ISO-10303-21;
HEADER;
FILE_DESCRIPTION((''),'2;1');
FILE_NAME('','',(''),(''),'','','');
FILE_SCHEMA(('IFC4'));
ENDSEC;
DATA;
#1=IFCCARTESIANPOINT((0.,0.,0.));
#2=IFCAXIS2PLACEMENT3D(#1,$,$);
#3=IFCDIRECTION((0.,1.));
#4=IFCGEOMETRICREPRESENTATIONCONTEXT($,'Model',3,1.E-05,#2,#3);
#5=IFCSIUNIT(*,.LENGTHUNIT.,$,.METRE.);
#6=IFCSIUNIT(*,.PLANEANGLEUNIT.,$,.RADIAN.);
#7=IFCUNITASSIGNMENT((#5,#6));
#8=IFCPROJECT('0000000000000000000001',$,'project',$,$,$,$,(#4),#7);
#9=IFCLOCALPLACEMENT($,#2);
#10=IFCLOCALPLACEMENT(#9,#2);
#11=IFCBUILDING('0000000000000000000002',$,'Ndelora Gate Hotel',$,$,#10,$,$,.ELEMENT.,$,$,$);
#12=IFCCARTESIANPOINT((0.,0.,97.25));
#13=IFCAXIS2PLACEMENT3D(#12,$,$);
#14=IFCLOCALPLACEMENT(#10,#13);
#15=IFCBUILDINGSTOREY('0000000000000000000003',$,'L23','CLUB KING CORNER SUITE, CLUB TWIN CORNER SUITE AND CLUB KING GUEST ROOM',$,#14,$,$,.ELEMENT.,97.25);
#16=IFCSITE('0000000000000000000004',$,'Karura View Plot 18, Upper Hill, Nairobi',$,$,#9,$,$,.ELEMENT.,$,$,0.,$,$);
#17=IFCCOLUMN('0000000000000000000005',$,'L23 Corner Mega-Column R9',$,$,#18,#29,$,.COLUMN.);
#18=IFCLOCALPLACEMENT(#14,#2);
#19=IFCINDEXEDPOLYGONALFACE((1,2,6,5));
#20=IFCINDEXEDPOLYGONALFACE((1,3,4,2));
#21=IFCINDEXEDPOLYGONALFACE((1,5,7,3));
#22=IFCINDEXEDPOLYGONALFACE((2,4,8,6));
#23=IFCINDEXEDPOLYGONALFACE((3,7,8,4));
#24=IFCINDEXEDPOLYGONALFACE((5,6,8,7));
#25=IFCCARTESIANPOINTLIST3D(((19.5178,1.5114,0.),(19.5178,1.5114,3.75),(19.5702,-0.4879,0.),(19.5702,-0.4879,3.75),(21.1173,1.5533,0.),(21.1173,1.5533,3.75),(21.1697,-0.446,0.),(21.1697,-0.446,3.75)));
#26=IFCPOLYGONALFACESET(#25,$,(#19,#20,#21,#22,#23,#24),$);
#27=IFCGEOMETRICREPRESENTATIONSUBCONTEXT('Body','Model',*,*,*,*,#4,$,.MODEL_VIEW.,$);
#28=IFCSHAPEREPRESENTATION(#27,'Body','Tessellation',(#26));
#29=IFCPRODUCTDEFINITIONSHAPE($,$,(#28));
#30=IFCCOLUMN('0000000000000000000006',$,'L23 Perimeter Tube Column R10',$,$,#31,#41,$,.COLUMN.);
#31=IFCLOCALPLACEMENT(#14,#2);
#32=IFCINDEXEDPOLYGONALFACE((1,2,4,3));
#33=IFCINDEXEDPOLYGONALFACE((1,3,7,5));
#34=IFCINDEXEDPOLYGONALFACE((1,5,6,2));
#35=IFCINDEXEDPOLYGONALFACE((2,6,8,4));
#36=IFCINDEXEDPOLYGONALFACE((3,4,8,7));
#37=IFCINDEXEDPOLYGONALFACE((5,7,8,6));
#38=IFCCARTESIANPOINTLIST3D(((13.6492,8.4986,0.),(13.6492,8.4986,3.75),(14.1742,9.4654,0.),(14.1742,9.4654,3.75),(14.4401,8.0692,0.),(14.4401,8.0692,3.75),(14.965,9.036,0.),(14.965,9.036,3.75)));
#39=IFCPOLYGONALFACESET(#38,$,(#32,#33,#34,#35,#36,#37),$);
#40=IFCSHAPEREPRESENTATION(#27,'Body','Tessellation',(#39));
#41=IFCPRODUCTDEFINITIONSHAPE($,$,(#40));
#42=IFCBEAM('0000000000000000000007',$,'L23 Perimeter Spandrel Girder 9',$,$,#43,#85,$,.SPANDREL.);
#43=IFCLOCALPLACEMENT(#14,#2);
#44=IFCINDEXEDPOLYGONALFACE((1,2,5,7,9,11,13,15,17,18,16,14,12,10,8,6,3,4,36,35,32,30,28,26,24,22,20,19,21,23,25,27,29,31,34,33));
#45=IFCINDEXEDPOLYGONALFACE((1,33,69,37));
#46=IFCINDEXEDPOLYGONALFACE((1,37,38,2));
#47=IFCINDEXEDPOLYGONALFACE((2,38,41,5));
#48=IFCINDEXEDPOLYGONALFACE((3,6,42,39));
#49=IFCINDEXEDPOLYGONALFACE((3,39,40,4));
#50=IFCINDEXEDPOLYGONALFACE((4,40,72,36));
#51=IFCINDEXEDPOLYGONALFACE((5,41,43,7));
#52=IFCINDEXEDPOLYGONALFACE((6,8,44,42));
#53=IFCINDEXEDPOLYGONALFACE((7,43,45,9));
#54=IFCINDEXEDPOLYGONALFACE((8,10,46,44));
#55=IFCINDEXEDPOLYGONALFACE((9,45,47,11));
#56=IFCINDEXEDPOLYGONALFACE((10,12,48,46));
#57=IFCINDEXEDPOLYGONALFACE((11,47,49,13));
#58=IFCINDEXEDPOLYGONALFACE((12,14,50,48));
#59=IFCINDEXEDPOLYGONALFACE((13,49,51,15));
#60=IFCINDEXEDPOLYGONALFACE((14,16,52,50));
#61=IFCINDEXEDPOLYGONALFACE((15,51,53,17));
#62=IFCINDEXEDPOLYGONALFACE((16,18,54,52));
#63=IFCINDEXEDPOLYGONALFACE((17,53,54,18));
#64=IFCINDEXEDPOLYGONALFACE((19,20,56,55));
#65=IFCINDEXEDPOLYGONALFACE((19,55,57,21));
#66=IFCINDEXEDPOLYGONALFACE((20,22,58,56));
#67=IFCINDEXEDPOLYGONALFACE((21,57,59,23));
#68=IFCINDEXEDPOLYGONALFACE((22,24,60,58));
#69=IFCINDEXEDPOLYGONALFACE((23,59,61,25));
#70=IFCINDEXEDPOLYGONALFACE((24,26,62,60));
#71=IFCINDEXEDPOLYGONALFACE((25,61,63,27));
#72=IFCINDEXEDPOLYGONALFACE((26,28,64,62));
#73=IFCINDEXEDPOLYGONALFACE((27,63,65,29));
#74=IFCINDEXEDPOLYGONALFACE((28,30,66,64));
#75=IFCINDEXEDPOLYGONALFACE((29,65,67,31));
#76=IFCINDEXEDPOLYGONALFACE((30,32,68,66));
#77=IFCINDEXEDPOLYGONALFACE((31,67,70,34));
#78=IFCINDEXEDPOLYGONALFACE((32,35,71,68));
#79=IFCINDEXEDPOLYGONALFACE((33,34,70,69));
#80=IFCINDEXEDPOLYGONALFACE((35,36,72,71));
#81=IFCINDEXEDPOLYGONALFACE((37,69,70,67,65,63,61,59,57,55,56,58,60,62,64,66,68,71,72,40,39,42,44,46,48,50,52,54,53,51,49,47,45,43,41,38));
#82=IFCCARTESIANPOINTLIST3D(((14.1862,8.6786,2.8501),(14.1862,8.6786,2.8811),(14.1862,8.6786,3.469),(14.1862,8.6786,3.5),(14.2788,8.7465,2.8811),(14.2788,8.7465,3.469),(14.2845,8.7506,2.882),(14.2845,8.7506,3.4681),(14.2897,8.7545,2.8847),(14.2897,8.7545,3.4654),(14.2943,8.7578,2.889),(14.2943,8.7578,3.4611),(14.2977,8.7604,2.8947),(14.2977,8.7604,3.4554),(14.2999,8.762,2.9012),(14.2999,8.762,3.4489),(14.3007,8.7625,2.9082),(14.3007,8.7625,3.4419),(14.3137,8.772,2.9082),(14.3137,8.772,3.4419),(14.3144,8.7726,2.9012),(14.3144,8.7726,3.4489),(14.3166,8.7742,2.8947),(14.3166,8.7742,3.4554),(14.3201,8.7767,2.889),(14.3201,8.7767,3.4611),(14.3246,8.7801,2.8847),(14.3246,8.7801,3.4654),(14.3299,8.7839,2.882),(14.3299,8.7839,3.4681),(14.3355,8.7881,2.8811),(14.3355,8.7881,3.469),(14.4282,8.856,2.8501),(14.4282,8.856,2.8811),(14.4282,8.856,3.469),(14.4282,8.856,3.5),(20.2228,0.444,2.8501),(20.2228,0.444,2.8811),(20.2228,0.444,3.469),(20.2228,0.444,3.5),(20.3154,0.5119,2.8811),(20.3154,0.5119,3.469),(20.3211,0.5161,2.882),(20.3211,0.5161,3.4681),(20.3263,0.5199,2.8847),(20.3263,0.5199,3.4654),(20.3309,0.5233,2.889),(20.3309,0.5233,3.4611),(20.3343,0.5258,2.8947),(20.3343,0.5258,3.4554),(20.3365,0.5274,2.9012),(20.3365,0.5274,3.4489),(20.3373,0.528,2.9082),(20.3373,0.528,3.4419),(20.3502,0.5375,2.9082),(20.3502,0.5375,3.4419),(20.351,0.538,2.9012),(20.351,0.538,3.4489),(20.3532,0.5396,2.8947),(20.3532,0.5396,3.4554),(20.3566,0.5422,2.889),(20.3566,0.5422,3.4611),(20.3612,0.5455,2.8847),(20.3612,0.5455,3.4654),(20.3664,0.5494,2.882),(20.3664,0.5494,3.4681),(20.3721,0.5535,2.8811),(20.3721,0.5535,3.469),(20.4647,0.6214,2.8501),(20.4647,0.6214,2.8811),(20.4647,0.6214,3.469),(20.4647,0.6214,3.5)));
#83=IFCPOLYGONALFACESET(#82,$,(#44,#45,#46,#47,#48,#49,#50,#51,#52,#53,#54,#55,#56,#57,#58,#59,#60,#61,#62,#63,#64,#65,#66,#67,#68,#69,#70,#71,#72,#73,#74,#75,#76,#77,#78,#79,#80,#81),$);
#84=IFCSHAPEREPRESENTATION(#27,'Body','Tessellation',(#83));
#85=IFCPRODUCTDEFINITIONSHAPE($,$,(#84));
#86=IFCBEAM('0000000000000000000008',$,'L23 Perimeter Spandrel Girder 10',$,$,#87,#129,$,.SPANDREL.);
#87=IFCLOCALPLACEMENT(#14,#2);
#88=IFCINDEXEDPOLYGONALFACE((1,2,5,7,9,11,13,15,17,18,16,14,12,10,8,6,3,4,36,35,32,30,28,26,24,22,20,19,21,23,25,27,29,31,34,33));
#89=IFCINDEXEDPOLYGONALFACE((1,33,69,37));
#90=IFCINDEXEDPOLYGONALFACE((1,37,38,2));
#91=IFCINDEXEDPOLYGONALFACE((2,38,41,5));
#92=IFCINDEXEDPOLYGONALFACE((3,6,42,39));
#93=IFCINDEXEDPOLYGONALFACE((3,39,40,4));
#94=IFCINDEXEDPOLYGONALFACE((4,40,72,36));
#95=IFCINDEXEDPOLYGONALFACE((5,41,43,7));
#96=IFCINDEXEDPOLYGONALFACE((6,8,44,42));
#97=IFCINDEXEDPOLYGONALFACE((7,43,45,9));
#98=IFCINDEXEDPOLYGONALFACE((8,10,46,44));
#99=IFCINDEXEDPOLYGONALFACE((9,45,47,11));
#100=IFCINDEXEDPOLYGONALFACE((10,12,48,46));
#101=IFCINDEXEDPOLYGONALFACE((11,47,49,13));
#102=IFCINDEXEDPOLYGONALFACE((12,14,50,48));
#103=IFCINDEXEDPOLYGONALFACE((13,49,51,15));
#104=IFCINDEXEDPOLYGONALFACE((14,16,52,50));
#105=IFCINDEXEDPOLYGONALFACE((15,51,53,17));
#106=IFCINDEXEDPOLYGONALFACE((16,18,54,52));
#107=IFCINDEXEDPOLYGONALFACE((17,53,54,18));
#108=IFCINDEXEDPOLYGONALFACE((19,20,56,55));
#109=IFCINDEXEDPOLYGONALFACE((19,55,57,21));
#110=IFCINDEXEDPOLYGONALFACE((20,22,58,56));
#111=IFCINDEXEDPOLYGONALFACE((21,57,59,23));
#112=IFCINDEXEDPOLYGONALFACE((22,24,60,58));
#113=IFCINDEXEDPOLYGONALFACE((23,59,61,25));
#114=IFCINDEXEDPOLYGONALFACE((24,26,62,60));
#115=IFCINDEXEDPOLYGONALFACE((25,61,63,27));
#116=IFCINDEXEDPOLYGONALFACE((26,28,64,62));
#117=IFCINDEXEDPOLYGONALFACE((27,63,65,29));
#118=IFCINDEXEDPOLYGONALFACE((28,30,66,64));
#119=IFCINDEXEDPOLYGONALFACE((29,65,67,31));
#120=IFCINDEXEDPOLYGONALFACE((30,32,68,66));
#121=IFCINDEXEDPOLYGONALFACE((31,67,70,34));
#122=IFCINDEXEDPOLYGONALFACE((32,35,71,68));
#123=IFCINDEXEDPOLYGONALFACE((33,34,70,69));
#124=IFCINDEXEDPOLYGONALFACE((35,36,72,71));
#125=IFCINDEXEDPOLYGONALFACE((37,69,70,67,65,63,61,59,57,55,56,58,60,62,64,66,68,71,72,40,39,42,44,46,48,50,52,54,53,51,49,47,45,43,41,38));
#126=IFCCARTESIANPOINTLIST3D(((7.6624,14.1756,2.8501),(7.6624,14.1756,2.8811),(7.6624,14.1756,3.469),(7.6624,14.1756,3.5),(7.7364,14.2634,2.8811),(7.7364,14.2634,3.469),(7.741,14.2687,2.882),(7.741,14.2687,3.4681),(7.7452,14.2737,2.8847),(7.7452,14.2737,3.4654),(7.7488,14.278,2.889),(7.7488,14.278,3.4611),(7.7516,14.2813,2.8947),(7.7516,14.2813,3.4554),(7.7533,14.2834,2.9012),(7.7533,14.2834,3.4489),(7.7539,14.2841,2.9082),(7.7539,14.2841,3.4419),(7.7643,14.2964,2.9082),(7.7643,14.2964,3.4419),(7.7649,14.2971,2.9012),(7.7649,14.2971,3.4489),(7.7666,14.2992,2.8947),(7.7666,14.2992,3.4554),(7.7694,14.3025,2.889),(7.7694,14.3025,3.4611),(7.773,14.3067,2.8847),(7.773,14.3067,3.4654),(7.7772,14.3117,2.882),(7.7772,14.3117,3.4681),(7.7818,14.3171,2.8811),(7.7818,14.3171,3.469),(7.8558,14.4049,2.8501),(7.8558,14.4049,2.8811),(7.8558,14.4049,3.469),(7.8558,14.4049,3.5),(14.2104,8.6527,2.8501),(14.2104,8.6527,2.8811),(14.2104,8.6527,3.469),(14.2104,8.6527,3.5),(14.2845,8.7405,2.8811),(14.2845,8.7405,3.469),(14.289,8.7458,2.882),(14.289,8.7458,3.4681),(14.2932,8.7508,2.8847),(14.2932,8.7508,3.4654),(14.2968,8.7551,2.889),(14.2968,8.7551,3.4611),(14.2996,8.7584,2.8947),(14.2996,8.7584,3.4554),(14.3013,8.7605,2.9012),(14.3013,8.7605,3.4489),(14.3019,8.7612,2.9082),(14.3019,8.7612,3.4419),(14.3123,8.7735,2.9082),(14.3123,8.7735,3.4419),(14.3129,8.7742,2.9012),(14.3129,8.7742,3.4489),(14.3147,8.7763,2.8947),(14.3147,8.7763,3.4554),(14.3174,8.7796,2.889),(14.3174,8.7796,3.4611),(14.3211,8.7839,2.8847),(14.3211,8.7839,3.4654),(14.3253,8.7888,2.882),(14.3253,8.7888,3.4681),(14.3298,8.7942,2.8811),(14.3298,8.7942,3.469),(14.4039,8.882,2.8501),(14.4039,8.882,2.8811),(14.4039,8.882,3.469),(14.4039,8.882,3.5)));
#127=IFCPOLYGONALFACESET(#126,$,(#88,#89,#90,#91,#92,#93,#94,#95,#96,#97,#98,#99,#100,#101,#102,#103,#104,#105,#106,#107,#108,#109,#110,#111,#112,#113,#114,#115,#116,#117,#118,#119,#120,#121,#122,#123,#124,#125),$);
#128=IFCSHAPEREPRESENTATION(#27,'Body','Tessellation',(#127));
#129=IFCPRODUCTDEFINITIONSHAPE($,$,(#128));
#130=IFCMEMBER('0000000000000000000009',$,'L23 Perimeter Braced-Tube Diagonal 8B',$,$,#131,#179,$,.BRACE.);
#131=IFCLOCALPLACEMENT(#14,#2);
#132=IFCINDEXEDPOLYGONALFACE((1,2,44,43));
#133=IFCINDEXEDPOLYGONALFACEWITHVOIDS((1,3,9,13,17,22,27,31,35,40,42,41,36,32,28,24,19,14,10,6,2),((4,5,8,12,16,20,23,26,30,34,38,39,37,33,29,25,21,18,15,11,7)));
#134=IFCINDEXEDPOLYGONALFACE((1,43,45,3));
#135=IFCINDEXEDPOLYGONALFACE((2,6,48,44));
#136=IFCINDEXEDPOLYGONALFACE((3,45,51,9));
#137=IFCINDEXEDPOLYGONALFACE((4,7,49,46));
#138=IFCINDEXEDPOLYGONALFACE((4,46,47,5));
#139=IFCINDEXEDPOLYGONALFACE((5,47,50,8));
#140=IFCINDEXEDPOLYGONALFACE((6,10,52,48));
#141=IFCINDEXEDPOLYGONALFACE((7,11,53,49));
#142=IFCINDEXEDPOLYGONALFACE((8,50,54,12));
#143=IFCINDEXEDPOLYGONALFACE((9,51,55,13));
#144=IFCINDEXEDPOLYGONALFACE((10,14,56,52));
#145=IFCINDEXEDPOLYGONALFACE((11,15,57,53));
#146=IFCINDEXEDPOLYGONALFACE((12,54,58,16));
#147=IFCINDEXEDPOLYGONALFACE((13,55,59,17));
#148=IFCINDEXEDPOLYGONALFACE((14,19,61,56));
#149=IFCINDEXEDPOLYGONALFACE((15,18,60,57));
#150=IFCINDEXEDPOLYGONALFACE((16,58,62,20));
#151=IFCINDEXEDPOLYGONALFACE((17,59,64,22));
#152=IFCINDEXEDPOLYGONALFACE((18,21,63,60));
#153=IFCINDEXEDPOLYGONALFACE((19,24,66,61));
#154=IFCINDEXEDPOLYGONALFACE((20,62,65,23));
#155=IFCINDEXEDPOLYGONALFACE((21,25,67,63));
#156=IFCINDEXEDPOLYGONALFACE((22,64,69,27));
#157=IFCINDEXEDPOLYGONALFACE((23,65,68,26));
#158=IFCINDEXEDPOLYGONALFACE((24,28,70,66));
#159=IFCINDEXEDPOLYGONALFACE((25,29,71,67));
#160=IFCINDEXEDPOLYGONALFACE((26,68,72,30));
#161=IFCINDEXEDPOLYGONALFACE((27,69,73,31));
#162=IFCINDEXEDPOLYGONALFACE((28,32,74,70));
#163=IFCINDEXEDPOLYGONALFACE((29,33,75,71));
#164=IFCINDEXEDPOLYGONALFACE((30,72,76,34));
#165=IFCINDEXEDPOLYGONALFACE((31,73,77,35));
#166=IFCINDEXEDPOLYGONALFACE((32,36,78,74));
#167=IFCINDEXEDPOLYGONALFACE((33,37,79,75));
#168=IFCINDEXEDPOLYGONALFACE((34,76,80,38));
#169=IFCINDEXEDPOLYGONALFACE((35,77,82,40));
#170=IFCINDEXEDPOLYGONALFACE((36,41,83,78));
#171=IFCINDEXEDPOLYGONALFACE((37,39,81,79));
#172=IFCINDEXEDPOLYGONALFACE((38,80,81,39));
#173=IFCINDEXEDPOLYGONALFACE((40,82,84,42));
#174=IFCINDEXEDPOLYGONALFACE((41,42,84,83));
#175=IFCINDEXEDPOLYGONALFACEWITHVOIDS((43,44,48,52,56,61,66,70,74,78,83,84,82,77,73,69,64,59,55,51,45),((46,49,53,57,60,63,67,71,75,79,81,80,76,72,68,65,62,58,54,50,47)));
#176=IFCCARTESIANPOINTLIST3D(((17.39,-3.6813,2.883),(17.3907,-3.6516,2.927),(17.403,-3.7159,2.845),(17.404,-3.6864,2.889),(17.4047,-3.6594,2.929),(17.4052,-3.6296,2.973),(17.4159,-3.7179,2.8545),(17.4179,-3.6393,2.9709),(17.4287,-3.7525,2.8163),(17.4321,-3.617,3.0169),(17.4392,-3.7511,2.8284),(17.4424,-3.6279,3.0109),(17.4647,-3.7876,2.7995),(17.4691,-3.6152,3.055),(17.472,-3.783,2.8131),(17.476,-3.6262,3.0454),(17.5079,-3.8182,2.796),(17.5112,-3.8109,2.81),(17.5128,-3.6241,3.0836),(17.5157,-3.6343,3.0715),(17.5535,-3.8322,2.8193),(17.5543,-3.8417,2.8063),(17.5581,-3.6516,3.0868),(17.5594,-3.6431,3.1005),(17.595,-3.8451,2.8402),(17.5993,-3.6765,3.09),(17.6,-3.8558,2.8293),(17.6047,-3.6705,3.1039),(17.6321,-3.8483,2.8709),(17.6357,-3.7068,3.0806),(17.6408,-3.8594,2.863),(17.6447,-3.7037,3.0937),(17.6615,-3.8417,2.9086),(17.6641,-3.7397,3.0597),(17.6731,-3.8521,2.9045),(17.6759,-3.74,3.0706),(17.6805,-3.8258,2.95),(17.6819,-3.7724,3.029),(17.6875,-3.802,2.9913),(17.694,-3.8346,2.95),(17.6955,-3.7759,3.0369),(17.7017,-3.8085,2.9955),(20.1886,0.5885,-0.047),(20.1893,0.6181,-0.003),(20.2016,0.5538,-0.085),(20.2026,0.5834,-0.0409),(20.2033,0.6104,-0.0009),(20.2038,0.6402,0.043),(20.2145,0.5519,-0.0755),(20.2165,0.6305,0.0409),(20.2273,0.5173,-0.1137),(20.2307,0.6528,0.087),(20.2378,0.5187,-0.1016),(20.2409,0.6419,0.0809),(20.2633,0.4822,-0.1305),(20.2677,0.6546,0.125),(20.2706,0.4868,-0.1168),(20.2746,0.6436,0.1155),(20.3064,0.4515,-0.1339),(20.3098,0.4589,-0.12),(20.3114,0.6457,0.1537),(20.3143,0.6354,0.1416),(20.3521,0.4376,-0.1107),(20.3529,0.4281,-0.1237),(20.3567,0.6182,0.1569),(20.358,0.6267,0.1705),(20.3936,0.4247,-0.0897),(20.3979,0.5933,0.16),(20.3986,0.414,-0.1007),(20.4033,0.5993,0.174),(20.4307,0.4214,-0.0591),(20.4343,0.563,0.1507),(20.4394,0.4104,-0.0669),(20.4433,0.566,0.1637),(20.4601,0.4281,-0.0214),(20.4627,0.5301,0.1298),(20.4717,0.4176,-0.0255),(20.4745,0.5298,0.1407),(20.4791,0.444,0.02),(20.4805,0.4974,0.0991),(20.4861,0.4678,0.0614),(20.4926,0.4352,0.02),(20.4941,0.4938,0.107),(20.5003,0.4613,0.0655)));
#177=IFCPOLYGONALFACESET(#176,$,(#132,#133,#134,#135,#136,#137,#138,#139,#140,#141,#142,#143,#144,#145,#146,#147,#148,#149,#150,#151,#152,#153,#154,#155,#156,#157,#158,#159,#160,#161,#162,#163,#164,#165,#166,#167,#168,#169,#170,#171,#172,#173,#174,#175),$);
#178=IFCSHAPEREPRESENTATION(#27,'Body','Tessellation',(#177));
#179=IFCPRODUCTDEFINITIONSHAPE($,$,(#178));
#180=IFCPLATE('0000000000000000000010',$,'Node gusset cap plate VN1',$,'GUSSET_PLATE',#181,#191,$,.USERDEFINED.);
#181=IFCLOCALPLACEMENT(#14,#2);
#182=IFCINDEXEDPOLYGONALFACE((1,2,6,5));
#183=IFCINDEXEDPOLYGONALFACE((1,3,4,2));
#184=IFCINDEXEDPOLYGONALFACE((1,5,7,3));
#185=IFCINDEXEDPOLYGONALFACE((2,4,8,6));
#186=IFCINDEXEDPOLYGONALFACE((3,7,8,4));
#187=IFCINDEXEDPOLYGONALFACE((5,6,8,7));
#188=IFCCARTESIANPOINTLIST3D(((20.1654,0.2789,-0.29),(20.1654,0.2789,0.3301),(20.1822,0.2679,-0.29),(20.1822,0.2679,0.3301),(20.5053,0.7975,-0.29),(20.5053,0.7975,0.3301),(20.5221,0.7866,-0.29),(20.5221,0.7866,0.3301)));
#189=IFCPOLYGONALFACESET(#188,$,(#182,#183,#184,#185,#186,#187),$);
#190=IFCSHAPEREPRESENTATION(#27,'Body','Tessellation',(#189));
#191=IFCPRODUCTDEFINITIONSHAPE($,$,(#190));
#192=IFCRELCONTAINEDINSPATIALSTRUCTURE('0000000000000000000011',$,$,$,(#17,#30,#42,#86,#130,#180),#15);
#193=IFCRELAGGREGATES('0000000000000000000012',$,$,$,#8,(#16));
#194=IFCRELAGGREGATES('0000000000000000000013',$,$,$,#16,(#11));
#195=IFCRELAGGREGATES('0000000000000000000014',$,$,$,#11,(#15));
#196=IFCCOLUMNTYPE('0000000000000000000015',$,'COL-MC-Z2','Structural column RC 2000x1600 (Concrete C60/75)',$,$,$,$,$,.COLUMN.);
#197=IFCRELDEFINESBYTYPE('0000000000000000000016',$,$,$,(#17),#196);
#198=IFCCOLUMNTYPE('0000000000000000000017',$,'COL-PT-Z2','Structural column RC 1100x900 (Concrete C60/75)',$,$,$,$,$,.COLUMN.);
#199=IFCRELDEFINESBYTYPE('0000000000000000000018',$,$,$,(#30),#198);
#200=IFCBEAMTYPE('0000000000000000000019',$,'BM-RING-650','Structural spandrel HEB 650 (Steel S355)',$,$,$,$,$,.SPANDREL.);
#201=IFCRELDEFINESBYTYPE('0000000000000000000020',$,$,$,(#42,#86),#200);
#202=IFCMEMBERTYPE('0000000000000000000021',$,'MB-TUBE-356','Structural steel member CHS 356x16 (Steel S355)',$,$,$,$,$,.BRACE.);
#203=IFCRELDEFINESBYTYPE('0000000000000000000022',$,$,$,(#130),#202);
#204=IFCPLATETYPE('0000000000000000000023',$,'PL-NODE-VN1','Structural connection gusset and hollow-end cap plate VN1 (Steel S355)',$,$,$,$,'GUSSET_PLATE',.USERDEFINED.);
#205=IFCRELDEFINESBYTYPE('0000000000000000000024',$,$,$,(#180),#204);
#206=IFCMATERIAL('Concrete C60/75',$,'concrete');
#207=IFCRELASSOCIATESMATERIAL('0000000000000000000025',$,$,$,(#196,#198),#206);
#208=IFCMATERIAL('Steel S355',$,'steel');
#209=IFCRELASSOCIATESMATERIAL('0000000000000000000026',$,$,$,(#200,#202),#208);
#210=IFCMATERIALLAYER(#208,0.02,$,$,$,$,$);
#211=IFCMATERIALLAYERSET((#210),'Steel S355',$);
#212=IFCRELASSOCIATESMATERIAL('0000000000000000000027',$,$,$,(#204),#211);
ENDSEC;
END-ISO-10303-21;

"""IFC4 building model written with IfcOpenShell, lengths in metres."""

from ifc_helpers import new_model, si_unit, direction, frame, origin, origin_2d, place, context, subcontext, project, spatial, rectangle, hollow_circle, i_section, extrude, material, layer, layer_set, material_profile, profile_set, type_object, element, save


model = new_model("IFC4")

# Units and contexts
model_context = context("Model", 3, precision=1e-05, world=origin(), true_north=direction((0.0, 1.0)))
body_context = subcontext(model_context, "Body", "Model", "MODEL_VIEW")
ifc_project = project(units=[si_unit("LENGTHUNIT", "METRE"), si_unit("PLANEANGLEUNIT", "RADIAN")], contexts=[model_context])

# Site, building, storey
site_placement = place(None, origin())
site = spatial("IfcSite", under=ifc_project, at=site_placement, Name="Karura View Plot 18, Upper Hill, Nairobi", CompositionType="ELEMENT", RefElevation=0.0)
building_placement = place(site_placement, origin())
building = spatial("IfcBuilding", under=site, at=building_placement, Name="Ndelora Gate Hotel", CompositionType="ELEMENT")
storey_placement = place(building_placement, frame((0.0, 0.0, 97.25)))
storey = spatial("IfcBuildingStorey", under=building, at=storey_placement, Name="L23", Description="CLUB KING CORNER SUITE, CLUB TWIN CORNER SUITE AND CLUB KING GUEST ROOM", CompositionType="ELEMENT", Elevation=97.25)

# Columns
ifc_material_1 = material(Name="Concrete C60/75", Category="concrete")
ifc_material_profile_1 = material_profile(ifc_material_1, rectangle(XDim=1.6001, YDim=2.0, at=origin_2d()), Name="RC 2000x1600")
ifc_profile_set_1 = profile_set([ifc_material_profile_1], Name="Concrete C60/75")
column_type_1 = type_object("IfcColumnType", Name="COL-MC-Z2", Description="Structural column RC 2000x1600 (Concrete C60/75)", PredefinedType="COLUMN", material=ifc_profile_set_1)
column_1_placement = place(storey_placement, frame((20.3438, 0.5327, 0.0), z_axis=(0.0, 0.0, 1.0), x_axis=(0.999657, 0.026177, 0.0)))
element("IfcColumn", 1, at=column_1_placement, inside=storey, type_object=column_type_1, Name="L23 Corner Mega-Column R9", PredefinedType="COLUMN", context=body_context, shape_type="SweptSolid", body=[
    extrude(rectangle(XDim=1.6001, YDim=2.0, at=origin_2d()), origin(), (0.0, 0.0, 1.0), 3.75),
])
ifc_material_profile_2 = material_profile(ifc_material_1, rectangle(XDim=0.8999, YDim=1.1001, at=origin_2d()), Name="RC 1100x900")
ifc_profile_set_2 = profile_set([ifc_material_profile_2], Name="Concrete C60/75")
column_type_2 = type_object("IfcColumnType", Name="COL-PT-Z2", Description="Structural column RC 1100x900 (Concrete C60/75)", PredefinedType="COLUMN", material=ifc_profile_set_2)
column_2_placement = place(storey_placement, frame((14.3071, 8.7673, 0.0), z_axis=(0.0, 0.0, 1.0), x_axis=(-0.878817, 0.477159, 0.0)))
element("IfcColumn", 2, at=column_2_placement, inside=storey, type_object=column_type_2, Name="L23 Perimeter Tube Column R10", PredefinedType="COLUMN", context=body_context, shape_type="SweptSolid", body=[
    extrude(rectangle(XDim=0.8999, YDim=1.1001, at=origin_2d()), origin(), (0.0, 0.0, 1.0), 3.75),
])

# Beams
ifc_material_2 = material(Name="Steel S355", Category="steel")
ifc_material_profile_3 = material_profile(ifc_material_2, i_section(OverallWidth=0.3, OverallDepth=0.6499, WebThickness=0.0161, FlangeThickness=0.031, FilletRadius=0.0271, at=origin_2d()), Name="HEB 650")
ifc_profile_set_3 = profile_set([ifc_material_profile_3], Name="Steel S355")
beam_type = type_object("IfcBeamType", Name="BM-RING-650", Description="Structural spandrel HEB 650 (Steel S355)", PredefinedType="SPANDREL", material=ifc_profile_set_3)
beam_1_placement = place(storey_placement, frame((20.3438, 0.5327, 3.175), z_axis=(-0.59123, 0.806503, 0.0), x_axis=(-0.806503, -0.59123, 0.0)))
element("IfcBeam", 3, at=beam_1_placement, inside=storey, type_object=beam_type, Name="L23 Perimeter Spandrel Girder 9", PredefinedType="SPANDREL", context=body_context, shape_type="SweptSolid", body=[
    extrude(i_section(OverallWidth=0.3, OverallDepth=0.6499, WebThickness=0.0161, FlangeThickness=0.031, FilletRadius=0.0271, at=origin_2d()), origin(), (0.0, 0.0, 1.0), 10.2102),
])
beam_2_placement = place(storey_placement, frame((14.3071, 8.7673, 3.175), z_axis=(-0.764407, 0.644734, 0.0), x_axis=(-0.644734, -0.764407, 0.0)))
element("IfcBeam", 4, at=beam_2_placement, inside=storey, type_object=beam_type, Name="L23 Perimeter Spandrel Girder 10", PredefinedType="SPANDREL", context=body_context, shape_type="SweptSolid", body=[
    extrude(i_section(OverallWidth=0.3, OverallDepth=0.6499, WebThickness=0.0161, FlangeThickness=0.031, FilletRadius=0.0271, at=origin_2d()), origin(), (0.0, 0.0, 1.0), 8.5662),
])

# Member
ifc_material_profile_4 = material_profile(ifc_material_2, hollow_circle(Radius=0.178, WallThickness=0.0161, at=origin_2d()), Name="CHS 356x16")
ifc_profile_set_4 = profile_set([ifc_material_profile_4], Name="Steel S355")
member_type = type_object("IfcMemberType", Name="MB-TUBE-356", Description="Structural steel member CHS 356x16 (Steel S355)", PredefinedType="BRACE", material=ifc_profile_set_4)
member_placement = place(storey_placement, frame((20.3438, 0.5327, 0.02), z_axis=(-0.475447, -0.725385, 0.497761), x_axis=(0.836358, -0.548183, 0.0)))
element("IfcMember", 5, at=member_placement, inside=storey, type_object=member_type, Name="L23 Perimeter Braced-Tube Diagonal 8B", PredefinedType="BRACE", context=body_context, shape_type="SweptSolid", body=[
    extrude(hollow_circle(Radius=0.178, WallThickness=0.0161, at=origin_2d()), origin(), (0.0, 0.0, 1.0), 5.8862),
])

# Plate
ifc_layer_1 = layer(ifc_material_2, 0.02)
ifc_layer_set_1 = layer_set([ifc_layer_1], Name="Steel S355")
plate_type = type_object("IfcPlateType", Name="PL-NODE-VN1", Description="Structural connection gusset and hollow-end cap plate VN1 (Steel S355)", ElementType="GUSSET_PLATE", PredefinedType="USERDEFINED", material=ifc_layer_set_1)
plate_placement = place(storey_placement, frame((20.3438, 0.5327, -0.29), z_axis=(0.0, 0.0, 1.0), x_axis=(0.548147, 0.836382, 0.0)))
element("IfcPlate", 6, at=plate_placement, inside=storey, type_object=plate_type, Name="Node gusset cap plate VN1", ObjectType="GUSSET_PLATE", PredefinedType="USERDEFINED", context=body_context, shape_type="SweptSolid", body=[
    extrude(rectangle(XDim=0.6201, YDim=0.02, at=origin_2d()), origin(), (0.0, 0.0, 1.0), 0.6201),
])

save(model, "model.ifc")
